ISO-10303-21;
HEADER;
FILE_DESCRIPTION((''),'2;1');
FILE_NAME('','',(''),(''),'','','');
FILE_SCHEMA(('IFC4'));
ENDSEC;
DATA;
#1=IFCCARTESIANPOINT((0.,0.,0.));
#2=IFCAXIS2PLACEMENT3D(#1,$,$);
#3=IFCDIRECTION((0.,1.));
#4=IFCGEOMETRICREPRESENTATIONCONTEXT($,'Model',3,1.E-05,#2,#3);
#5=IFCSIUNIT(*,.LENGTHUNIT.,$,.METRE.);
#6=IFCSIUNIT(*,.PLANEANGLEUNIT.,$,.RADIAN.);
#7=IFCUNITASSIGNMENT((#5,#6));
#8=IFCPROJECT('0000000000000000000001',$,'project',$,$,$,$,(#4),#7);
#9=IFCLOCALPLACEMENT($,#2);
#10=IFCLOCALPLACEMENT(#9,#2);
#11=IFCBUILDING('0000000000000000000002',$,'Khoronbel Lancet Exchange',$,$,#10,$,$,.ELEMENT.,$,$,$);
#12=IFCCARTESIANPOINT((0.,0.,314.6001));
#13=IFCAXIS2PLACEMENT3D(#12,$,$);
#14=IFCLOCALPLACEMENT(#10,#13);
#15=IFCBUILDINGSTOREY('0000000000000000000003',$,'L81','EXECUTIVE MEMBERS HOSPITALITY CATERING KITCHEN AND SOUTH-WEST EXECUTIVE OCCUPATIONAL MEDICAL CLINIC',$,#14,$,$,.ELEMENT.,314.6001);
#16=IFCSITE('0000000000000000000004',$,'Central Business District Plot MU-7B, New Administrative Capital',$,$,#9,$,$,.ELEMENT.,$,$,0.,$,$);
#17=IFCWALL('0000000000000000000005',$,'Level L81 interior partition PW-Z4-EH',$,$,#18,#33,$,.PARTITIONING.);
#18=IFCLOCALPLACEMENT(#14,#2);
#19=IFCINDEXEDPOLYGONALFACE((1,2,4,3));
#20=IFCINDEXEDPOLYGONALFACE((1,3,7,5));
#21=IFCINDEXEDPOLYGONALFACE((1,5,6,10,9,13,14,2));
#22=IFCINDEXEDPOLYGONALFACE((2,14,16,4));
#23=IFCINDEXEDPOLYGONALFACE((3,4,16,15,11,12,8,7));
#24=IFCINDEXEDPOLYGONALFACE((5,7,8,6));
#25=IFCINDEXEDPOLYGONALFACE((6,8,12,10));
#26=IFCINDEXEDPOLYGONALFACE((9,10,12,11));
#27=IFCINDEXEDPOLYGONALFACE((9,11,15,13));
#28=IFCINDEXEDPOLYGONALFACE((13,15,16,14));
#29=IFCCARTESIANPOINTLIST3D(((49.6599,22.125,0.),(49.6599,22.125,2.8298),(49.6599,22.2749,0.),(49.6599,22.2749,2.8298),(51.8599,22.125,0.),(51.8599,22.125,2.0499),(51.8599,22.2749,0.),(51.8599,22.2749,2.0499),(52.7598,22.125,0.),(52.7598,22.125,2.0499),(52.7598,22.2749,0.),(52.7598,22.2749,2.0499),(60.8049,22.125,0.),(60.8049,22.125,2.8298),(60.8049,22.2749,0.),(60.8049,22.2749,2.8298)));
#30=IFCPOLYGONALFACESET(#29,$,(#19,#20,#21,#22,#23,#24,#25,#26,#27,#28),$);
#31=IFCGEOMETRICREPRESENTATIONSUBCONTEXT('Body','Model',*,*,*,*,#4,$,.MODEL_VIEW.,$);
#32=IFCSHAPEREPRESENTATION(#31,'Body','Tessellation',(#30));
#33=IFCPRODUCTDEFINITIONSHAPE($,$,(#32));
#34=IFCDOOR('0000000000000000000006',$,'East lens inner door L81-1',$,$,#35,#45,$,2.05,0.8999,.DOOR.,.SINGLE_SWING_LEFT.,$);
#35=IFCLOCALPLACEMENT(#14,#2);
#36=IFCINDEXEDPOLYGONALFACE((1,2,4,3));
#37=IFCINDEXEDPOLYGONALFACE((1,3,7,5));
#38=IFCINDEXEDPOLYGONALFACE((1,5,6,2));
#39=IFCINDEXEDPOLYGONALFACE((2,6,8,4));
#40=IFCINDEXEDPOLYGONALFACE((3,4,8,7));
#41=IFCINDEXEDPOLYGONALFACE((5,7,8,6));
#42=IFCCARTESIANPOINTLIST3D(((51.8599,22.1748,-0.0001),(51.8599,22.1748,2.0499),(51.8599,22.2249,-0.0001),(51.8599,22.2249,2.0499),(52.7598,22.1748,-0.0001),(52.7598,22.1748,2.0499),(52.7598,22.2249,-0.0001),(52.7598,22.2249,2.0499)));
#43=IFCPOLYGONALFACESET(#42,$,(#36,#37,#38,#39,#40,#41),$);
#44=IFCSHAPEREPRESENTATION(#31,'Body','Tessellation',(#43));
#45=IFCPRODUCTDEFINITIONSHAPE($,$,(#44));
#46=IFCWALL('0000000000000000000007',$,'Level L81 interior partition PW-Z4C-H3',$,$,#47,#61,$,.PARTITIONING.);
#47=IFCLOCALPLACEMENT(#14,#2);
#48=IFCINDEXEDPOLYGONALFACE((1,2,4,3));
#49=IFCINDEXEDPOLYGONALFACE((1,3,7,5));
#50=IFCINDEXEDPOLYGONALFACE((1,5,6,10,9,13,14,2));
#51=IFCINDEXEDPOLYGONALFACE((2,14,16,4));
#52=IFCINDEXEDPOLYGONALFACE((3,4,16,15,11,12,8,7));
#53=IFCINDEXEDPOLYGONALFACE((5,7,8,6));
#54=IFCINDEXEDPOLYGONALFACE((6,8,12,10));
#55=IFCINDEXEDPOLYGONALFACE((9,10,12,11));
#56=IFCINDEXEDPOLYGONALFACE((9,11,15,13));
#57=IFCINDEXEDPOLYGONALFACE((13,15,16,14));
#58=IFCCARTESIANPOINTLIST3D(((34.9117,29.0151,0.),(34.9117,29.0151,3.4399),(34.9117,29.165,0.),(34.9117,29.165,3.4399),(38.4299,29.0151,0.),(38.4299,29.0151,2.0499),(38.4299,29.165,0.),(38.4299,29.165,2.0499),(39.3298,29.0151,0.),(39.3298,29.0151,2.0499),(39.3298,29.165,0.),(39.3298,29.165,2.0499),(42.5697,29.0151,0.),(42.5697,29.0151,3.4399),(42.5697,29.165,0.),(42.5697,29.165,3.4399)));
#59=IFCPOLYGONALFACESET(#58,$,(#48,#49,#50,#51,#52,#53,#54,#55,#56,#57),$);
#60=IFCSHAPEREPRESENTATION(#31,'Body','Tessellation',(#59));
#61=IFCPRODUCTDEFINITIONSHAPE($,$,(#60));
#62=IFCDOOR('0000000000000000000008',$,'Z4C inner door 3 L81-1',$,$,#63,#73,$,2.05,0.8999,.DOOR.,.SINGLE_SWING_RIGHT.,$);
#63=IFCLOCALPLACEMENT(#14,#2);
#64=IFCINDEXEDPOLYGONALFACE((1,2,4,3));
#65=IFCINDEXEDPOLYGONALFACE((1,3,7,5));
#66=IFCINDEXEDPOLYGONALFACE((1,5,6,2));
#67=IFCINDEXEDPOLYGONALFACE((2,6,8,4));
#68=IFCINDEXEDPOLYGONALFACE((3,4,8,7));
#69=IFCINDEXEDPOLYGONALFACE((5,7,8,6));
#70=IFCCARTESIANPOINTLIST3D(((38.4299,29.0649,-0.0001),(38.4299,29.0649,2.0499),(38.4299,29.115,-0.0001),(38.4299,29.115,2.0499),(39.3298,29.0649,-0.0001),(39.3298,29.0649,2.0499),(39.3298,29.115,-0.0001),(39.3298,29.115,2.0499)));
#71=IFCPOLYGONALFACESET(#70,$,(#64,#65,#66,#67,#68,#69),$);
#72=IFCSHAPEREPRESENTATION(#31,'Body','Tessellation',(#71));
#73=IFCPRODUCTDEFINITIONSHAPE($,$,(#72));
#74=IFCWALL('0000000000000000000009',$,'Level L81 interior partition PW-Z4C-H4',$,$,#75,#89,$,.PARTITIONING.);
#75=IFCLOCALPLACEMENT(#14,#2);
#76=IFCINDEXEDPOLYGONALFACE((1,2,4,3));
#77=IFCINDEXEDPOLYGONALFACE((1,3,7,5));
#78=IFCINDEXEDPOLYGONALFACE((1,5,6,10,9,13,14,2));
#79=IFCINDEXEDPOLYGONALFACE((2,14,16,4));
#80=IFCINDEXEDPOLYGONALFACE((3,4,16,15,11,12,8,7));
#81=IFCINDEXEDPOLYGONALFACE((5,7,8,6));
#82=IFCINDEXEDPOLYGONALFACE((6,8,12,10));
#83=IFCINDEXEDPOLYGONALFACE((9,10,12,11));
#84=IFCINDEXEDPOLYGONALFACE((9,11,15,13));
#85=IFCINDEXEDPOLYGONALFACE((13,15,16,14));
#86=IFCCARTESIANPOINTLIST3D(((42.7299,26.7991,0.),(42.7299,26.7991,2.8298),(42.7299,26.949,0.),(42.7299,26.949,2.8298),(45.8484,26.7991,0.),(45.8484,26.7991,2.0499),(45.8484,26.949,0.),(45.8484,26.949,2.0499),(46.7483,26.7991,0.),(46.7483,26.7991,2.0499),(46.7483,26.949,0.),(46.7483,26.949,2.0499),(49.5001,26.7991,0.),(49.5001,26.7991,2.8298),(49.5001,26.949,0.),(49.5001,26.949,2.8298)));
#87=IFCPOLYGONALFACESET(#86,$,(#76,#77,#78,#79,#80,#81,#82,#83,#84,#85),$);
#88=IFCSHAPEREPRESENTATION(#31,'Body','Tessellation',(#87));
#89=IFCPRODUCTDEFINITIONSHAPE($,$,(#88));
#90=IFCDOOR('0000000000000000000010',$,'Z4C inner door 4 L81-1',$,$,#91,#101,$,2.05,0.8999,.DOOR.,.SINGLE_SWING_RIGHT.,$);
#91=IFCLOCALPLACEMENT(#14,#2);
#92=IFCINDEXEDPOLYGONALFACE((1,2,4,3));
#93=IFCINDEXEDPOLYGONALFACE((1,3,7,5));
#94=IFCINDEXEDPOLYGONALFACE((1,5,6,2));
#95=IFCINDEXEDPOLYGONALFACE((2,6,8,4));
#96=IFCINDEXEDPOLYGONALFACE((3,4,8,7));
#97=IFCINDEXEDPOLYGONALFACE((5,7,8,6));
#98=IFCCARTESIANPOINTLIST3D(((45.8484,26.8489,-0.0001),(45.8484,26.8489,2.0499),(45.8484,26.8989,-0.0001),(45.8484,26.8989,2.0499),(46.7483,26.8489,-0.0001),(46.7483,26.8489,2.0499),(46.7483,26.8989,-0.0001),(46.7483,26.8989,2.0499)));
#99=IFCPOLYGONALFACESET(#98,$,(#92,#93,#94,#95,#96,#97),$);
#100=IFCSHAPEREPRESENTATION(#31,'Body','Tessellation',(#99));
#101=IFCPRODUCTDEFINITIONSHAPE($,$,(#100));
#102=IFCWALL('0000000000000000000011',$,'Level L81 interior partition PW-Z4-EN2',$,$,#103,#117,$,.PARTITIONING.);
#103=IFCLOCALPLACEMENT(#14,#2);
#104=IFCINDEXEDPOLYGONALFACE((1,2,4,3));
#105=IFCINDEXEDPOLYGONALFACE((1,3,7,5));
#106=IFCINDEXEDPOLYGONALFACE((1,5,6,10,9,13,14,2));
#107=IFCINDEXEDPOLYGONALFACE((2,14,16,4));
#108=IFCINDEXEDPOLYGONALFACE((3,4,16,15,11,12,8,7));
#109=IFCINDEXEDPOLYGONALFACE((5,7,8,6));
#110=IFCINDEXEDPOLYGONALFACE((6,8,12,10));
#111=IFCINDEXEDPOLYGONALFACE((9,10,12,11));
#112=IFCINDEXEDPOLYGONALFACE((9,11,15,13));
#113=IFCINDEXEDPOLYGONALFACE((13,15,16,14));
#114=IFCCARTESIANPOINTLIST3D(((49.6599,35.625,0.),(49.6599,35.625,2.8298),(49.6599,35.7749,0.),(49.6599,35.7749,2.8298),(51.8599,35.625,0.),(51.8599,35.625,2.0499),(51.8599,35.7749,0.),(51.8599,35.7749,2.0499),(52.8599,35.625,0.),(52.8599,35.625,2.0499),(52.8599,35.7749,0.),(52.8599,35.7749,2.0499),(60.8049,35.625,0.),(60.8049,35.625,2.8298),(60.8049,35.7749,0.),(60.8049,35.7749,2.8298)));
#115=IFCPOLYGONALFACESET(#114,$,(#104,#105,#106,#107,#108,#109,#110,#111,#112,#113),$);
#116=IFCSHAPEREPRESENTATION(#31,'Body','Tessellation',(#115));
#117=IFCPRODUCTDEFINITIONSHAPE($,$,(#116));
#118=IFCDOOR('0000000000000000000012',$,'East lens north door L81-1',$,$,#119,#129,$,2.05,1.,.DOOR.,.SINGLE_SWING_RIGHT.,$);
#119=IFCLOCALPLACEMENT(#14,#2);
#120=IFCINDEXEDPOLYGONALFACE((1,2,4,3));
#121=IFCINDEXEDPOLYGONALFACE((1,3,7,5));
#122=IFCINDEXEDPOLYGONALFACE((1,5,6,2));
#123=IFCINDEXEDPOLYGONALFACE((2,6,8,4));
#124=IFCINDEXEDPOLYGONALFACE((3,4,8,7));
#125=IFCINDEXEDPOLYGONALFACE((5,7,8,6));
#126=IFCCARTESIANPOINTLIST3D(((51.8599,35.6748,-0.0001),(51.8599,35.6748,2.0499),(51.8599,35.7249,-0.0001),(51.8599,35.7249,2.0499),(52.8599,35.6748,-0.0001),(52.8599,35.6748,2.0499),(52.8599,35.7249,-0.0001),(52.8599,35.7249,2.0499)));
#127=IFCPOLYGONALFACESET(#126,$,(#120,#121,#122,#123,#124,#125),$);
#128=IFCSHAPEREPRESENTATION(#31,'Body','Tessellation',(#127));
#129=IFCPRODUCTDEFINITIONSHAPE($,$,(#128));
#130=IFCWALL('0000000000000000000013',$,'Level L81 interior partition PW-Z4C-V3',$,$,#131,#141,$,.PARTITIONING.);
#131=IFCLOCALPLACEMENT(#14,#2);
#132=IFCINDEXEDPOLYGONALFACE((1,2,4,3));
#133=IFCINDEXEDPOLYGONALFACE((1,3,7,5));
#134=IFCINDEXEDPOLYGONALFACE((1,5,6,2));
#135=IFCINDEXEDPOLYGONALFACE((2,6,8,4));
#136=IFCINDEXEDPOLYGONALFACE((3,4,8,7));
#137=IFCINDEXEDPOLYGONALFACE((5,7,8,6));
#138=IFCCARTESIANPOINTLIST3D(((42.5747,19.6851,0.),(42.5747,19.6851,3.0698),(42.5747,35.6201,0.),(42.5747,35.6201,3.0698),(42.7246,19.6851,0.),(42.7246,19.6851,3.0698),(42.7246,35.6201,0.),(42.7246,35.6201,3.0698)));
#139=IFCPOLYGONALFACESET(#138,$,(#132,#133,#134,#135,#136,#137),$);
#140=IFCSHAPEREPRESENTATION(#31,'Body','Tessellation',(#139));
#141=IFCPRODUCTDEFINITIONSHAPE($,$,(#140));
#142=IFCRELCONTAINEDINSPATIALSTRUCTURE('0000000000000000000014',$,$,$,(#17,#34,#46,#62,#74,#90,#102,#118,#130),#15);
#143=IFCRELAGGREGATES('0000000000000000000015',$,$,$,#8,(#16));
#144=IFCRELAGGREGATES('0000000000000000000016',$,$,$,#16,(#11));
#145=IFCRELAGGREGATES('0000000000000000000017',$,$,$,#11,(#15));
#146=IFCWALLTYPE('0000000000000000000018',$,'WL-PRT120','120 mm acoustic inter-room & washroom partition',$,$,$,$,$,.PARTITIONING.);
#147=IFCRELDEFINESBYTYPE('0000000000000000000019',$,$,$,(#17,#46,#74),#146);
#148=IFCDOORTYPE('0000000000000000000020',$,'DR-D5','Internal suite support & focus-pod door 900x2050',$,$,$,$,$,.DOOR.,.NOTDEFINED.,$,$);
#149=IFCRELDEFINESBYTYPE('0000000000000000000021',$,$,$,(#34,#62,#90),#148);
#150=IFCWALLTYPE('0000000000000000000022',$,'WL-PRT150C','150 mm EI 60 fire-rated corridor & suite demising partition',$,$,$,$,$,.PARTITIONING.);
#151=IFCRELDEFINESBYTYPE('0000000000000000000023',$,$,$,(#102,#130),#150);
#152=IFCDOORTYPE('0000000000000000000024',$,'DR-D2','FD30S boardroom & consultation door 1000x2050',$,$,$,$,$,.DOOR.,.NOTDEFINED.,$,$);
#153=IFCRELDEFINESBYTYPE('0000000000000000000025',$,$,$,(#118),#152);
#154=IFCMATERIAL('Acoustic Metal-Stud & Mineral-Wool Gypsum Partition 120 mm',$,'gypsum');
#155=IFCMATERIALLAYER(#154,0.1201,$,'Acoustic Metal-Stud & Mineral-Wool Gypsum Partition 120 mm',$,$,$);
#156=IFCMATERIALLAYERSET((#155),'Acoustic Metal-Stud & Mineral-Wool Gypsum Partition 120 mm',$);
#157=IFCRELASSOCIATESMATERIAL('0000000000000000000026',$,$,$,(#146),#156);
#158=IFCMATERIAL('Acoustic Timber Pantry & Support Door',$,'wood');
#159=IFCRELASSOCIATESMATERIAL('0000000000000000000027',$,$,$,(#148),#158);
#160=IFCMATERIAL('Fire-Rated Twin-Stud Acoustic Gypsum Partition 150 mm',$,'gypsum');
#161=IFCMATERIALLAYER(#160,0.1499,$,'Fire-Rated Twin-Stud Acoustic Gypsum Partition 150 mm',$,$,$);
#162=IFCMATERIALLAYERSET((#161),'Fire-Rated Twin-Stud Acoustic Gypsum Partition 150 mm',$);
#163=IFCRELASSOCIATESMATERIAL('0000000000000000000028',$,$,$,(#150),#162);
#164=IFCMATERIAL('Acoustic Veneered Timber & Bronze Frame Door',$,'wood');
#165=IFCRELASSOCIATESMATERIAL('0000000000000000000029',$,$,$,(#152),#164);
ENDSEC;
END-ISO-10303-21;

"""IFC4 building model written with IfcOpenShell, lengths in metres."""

from ifc_helpers import new_model, si_unit, direction, frame, frame_2d, origin, place, context, subcontext, project, spatial, rectangle, extrude, material, layer, layer_set, type_object, element, fill, save


model = new_model("IFC4")

# Units and contexts
model_context = context("Model", 3, precision=1e-05, world=origin(), true_north=direction((0.0, 1.0)))
body_context = subcontext(model_context, "Body", "Model", "MODEL_VIEW")
ifc_project = project(units=[si_unit("LENGTHUNIT", "METRE"), si_unit("PLANEANGLEUNIT", "RADIAN")], contexts=[model_context])

# Site, building, storey
site_placement = place(None, origin())
site = spatial("IfcSite", under=ifc_project, at=site_placement, Name="Central Business District Plot MU-7B, New Administrative Capital", CompositionType="ELEMENT", RefElevation=0.0)
building_placement = place(site_placement, origin())
building = spatial("IfcBuilding", under=site, at=building_placement, Name="Khoronbel Lancet Exchange", CompositionType="ELEMENT")
storey_placement = place(building_placement, frame((0.0, 0.0, 314.6001)))
storey = spatial("IfcBuildingStorey", under=building, at=storey_placement, Name="L81", Description="EXECUTIVE MEMBERS HOSPITALITY CATERING KITCHEN AND SOUTH-WEST EXECUTIVE OCCUPATIONAL MEDICAL CLINIC", CompositionType="ELEMENT", Elevation=314.6001)

# Walls, openings, doors
ifc_material_1 = material(Name="Acoustic Metal-Stud & Mineral-Wool Gypsum Partition 120 mm", Category="gypsum")
ifc_layer_1 = layer(ifc_material_1, 0.1201, Name="Acoustic Metal-Stud & Mineral-Wool Gypsum Partition 120 mm")
ifc_layer_set_1 = layer_set([ifc_layer_1], Name="Acoustic Metal-Stud & Mineral-Wool Gypsum Partition 120 mm")
wall_type_1 = type_object("IfcWallType", Name="WL-PRT120", Description="120 mm acoustic inter-room & washroom partition", PredefinedType="PARTITIONING", material=ifc_layer_set_1)
wall_1_placement = place(storey_placement, frame((49.6599, 22.2, 0.0), z_axis=(0.0, 0.0, 1.0), x_axis=(1.0, 0.0, 0.0)))
wall_1 = element("IfcWall", 1, at=wall_1_placement, inside=storey, type_object=wall_type_1, Name="Level L81 interior partition PW-Z4-EH", PredefinedType="PARTITIONING", context=body_context, shape_type="SweptSolid", body=[
    extrude(rectangle(XDim=11.145, YDim=0.1499, at=frame_2d((5.5725, 0.0))), origin(), (0.0, 0.0, 1.0), 2.8298),
])
opening_1_placement = place(wall_1_placement, frame((2.2, 0.0, 0.0)))
opening_1 = element("IfcOpeningElement", 2, at=opening_1_placement, cuts=wall_1, PredefinedType="OPENING", context=body_context, shape_type="SweptSolid", body=[
    extrude(rectangle(XDim=0.8999, YDim=2.05, at=frame_2d((0.45, 1.0249))), frame((0.0, 0.085, 0.0), z_axis=(0.0, -1.0, 0.0), x_axis=(1.0, 0.0, 0.0)), (0.0, 0.0, 1.0), 0.1699),
])
ifc_material_2 = material(Name="Acoustic Timber Pantry & Support Door", Category="wood")
door_type_1 = type_object("IfcDoorType", Name="DR-D5", Description="Internal suite support & focus-pod door 900x2050", OperationType="NOTDEFINED", PredefinedType="DOOR", material=ifc_material_2)
door_1_placement = place(opening_1_placement, origin())
door_1 = element("IfcDoor", 3, at=door_1_placement, inside=storey, type_object=door_type_1, Name="East lens inner door L81-1", OperationType="SINGLE_SWING_LEFT", OverallHeight=2.05, OverallWidth=0.8999, PredefinedType="DOOR", context=body_context, shape_type="SweptSolid", body=[
    extrude(rectangle(XDim=0.8999, YDim=2.05, at=frame_2d((0.45, 1.0249))), frame((0.0, 0.0249, 0.0), z_axis=(0.0, -1.0, 0.0), x_axis=(1.0, 0.0, 0.0)), (0.0, 0.0, 1.0), 0.05),
])
fill(opening_1, door_1)
wall_2_placement = place(storey_placement, frame((34.9116, 29.0901, 0.0), z_axis=(0.0, 0.0, 1.0), x_axis=(1.0, 0.0, 0.0)))
wall_2 = element("IfcWall", 4, at=wall_2_placement, inside=storey, type_object=wall_type_1, Name="Level L81 interior partition PW-Z4C-H3", PredefinedType="PARTITIONING", context=body_context, shape_type="SweptSolid", body=[
    extrude(rectangle(XDim=7.658, YDim=0.1499, at=frame_2d((3.8291, 0.0))), origin(), (0.0, 0.0, 1.0), 3.4399),
])
opening_2_placement = place(wall_2_placement, frame((3.5183, 0.0, 0.0)))
opening_2 = element("IfcOpeningElement", 5, at=opening_2_placement, cuts=wall_2, PredefinedType="OPENING", context=body_context, shape_type="SweptSolid", body=[
    extrude(rectangle(XDim=0.8999, YDim=2.05, at=frame_2d((0.45, 1.0249))), frame((0.0, 0.085, 0.0), z_axis=(0.0, -1.0, 0.0), x_axis=(1.0, 0.0, 0.0)), (0.0, 0.0, 1.0), 0.1699),
])
door_2_placement = place(opening_2_placement, origin())
door_2 = element("IfcDoor", 6, at=door_2_placement, inside=storey, type_object=door_type_1, Name="Z4C inner door 3 L81-1", OperationType="SINGLE_SWING_RIGHT", OverallHeight=2.05, OverallWidth=0.8999, PredefinedType="DOOR", context=body_context, shape_type="SweptSolid", body=[
    extrude(rectangle(XDim=0.8999, YDim=2.05, at=frame_2d((0.45, 1.0249))), frame((0.0, 0.0249, 0.0), z_axis=(0.0, -1.0, 0.0), x_axis=(1.0, 0.0, 0.0)), (0.0, 0.0, 1.0), 0.05),
])
fill(opening_2, door_2)
wall_3_placement = place(storey_placement, frame((42.7297, 26.874, 0.0), z_axis=(0.0, 0.0, 1.0), x_axis=(1.0, 0.0, 0.0)))
wall_3 = element("IfcWall", 7, at=wall_3_placement, inside=storey, type_object=wall_type_1, Name="Level L81 interior partition PW-Z4C-H4", PredefinedType="PARTITIONING", context=body_context, shape_type="SweptSolid", body=[
    extrude(rectangle(XDim=6.7703, YDim=0.1499, at=frame_2d((3.3853, 0.0))), origin(), (0.0, 0.0, 1.0), 2.8298),
])
opening_3_placement = place(wall_3_placement, frame((3.1187, 0.0, 0.0)))
opening_3 = element("IfcOpeningElement", 8, at=opening_3_placement, cuts=wall_3, PredefinedType="OPENING", context=body_context, shape_type="SweptSolid", body=[
    extrude(rectangle(XDim=0.8999, YDim=2.05, at=frame_2d((0.45, 1.0249))), frame((0.0, 0.085, 0.0), z_axis=(0.0, -1.0, 0.0), x_axis=(1.0, 0.0, 0.0)), (0.0, 0.0, 1.0), 0.1699),
])
door_3_placement = place(opening_3_placement, origin())
door_3 = element("IfcDoor", 9, at=door_3_placement, inside=storey, type_object=door_type_1, Name="Z4C inner door 4 L81-1", OperationType="SINGLE_SWING_RIGHT", OverallHeight=2.05, OverallWidth=0.8999, PredefinedType="DOOR", context=body_context, shape_type="SweptSolid", body=[
    extrude(rectangle(XDim=0.8999, YDim=2.05, at=frame_2d((0.45, 1.0249))), frame((0.0, 0.0249, 0.0), z_axis=(0.0, -1.0, 0.0), x_axis=(1.0, 0.0, 0.0)), (0.0, 0.0, 1.0), 0.05),
])
fill(opening_3, door_3)
ifc_material_3 = material(Name="Fire-Rated Twin-Stud Acoustic Gypsum Partition 150 mm", Category="gypsum")
ifc_layer_2 = layer(ifc_material_3, 0.1499, Name="Fire-Rated Twin-Stud Acoustic Gypsum Partition 150 mm")
ifc_layer_set_2 = layer_set([ifc_layer_2], Name="Fire-Rated Twin-Stud Acoustic Gypsum Partition 150 mm")
wall_type_2 = type_object("IfcWallType", Name="WL-PRT150C", Description="150 mm EI 60 fire-rated corridor & suite demising partition", PredefinedType="PARTITIONING", material=ifc_layer_set_2)
wall_4_placement = place(storey_placement, frame((49.6599, 35.7, 0.0), z_axis=(0.0, 0.0, 1.0), x_axis=(1.0, 0.0, 0.0)))
wall_4 = element("IfcWall", 10, at=wall_4_placement, inside=storey, type_object=wall_type_2, Name="Level L81 interior partition PW-Z4-EN2", PredefinedType="PARTITIONING", context=body_context, shape_type="SweptSolid", body=[
    extrude(rectangle(XDim=11.145, YDim=0.1499, at=frame_2d((5.5725, 0.0))), origin(), (0.0, 0.0, 1.0), 2.8298),
])
opening_4_placement = place(wall_4_placement, frame((2.2, 0.0, 0.0)))
opening_4 = element("IfcOpeningElement", 11, at=opening_4_placement, cuts=wall_4, PredefinedType="OPENING", context=body_context, shape_type="SweptSolid", body=[
    extrude(rectangle(XDim=1.0, YDim=2.05, at=frame_2d((0.5, 1.0249))), frame((0.0, 0.085, 0.0), z_axis=(0.0, -1.0, 0.0), x_axis=(1.0, 0.0, 0.0)), (0.0, 0.0, 1.0), 0.1699),
])
ifc_material_4 = material(Name="Acoustic Veneered Timber & Bronze Frame Door", Category="wood")
door_type_2 = type_object("IfcDoorType", Name="DR-D2", Description="FD30S boardroom & consultation door 1000x2050", OperationType="NOTDEFINED", PredefinedType="DOOR", material=ifc_material_4)
door_4_placement = place(opening_4_placement, origin())
door_4 = element("IfcDoor", 12, at=door_4_placement, inside=storey, type_object=door_type_2, Name="East lens north door L81-1", OperationType="SINGLE_SWING_RIGHT", OverallHeight=2.05, OverallWidth=1.0, PredefinedType="DOOR", context=body_context, shape_type="SweptSolid", body=[
    extrude(rectangle(XDim=1.0, YDim=2.05, at=frame_2d((0.5, 1.0249))), frame((0.0, 0.0249, 0.0), z_axis=(0.0, -1.0, 0.0), x_axis=(1.0, 0.0, 0.0)), (0.0, 0.0, 1.0), 0.05),
])
fill(opening_4, door_4)

# Wall
wall_5_placement = place(storey_placement, frame((42.6497, 19.6851, 0.0), z_axis=(0.0, 0.0, 1.0), x_axis=(0.0, 1.0, 0.0)))
element("IfcWall", 13, at=wall_5_placement, inside=storey, type_object=wall_type_2, Name="Level L81 interior partition PW-Z4C-V3", PredefinedType="PARTITIONING", context=body_context, shape_type="SweptSolid", body=[
    extrude(rectangle(XDim=15.9351, YDim=0.1499, at=frame_2d((7.9675, 0.0))), origin(), (0.0, 0.0, 1.0), 3.0698),
])

save(model, "model.ifc")
